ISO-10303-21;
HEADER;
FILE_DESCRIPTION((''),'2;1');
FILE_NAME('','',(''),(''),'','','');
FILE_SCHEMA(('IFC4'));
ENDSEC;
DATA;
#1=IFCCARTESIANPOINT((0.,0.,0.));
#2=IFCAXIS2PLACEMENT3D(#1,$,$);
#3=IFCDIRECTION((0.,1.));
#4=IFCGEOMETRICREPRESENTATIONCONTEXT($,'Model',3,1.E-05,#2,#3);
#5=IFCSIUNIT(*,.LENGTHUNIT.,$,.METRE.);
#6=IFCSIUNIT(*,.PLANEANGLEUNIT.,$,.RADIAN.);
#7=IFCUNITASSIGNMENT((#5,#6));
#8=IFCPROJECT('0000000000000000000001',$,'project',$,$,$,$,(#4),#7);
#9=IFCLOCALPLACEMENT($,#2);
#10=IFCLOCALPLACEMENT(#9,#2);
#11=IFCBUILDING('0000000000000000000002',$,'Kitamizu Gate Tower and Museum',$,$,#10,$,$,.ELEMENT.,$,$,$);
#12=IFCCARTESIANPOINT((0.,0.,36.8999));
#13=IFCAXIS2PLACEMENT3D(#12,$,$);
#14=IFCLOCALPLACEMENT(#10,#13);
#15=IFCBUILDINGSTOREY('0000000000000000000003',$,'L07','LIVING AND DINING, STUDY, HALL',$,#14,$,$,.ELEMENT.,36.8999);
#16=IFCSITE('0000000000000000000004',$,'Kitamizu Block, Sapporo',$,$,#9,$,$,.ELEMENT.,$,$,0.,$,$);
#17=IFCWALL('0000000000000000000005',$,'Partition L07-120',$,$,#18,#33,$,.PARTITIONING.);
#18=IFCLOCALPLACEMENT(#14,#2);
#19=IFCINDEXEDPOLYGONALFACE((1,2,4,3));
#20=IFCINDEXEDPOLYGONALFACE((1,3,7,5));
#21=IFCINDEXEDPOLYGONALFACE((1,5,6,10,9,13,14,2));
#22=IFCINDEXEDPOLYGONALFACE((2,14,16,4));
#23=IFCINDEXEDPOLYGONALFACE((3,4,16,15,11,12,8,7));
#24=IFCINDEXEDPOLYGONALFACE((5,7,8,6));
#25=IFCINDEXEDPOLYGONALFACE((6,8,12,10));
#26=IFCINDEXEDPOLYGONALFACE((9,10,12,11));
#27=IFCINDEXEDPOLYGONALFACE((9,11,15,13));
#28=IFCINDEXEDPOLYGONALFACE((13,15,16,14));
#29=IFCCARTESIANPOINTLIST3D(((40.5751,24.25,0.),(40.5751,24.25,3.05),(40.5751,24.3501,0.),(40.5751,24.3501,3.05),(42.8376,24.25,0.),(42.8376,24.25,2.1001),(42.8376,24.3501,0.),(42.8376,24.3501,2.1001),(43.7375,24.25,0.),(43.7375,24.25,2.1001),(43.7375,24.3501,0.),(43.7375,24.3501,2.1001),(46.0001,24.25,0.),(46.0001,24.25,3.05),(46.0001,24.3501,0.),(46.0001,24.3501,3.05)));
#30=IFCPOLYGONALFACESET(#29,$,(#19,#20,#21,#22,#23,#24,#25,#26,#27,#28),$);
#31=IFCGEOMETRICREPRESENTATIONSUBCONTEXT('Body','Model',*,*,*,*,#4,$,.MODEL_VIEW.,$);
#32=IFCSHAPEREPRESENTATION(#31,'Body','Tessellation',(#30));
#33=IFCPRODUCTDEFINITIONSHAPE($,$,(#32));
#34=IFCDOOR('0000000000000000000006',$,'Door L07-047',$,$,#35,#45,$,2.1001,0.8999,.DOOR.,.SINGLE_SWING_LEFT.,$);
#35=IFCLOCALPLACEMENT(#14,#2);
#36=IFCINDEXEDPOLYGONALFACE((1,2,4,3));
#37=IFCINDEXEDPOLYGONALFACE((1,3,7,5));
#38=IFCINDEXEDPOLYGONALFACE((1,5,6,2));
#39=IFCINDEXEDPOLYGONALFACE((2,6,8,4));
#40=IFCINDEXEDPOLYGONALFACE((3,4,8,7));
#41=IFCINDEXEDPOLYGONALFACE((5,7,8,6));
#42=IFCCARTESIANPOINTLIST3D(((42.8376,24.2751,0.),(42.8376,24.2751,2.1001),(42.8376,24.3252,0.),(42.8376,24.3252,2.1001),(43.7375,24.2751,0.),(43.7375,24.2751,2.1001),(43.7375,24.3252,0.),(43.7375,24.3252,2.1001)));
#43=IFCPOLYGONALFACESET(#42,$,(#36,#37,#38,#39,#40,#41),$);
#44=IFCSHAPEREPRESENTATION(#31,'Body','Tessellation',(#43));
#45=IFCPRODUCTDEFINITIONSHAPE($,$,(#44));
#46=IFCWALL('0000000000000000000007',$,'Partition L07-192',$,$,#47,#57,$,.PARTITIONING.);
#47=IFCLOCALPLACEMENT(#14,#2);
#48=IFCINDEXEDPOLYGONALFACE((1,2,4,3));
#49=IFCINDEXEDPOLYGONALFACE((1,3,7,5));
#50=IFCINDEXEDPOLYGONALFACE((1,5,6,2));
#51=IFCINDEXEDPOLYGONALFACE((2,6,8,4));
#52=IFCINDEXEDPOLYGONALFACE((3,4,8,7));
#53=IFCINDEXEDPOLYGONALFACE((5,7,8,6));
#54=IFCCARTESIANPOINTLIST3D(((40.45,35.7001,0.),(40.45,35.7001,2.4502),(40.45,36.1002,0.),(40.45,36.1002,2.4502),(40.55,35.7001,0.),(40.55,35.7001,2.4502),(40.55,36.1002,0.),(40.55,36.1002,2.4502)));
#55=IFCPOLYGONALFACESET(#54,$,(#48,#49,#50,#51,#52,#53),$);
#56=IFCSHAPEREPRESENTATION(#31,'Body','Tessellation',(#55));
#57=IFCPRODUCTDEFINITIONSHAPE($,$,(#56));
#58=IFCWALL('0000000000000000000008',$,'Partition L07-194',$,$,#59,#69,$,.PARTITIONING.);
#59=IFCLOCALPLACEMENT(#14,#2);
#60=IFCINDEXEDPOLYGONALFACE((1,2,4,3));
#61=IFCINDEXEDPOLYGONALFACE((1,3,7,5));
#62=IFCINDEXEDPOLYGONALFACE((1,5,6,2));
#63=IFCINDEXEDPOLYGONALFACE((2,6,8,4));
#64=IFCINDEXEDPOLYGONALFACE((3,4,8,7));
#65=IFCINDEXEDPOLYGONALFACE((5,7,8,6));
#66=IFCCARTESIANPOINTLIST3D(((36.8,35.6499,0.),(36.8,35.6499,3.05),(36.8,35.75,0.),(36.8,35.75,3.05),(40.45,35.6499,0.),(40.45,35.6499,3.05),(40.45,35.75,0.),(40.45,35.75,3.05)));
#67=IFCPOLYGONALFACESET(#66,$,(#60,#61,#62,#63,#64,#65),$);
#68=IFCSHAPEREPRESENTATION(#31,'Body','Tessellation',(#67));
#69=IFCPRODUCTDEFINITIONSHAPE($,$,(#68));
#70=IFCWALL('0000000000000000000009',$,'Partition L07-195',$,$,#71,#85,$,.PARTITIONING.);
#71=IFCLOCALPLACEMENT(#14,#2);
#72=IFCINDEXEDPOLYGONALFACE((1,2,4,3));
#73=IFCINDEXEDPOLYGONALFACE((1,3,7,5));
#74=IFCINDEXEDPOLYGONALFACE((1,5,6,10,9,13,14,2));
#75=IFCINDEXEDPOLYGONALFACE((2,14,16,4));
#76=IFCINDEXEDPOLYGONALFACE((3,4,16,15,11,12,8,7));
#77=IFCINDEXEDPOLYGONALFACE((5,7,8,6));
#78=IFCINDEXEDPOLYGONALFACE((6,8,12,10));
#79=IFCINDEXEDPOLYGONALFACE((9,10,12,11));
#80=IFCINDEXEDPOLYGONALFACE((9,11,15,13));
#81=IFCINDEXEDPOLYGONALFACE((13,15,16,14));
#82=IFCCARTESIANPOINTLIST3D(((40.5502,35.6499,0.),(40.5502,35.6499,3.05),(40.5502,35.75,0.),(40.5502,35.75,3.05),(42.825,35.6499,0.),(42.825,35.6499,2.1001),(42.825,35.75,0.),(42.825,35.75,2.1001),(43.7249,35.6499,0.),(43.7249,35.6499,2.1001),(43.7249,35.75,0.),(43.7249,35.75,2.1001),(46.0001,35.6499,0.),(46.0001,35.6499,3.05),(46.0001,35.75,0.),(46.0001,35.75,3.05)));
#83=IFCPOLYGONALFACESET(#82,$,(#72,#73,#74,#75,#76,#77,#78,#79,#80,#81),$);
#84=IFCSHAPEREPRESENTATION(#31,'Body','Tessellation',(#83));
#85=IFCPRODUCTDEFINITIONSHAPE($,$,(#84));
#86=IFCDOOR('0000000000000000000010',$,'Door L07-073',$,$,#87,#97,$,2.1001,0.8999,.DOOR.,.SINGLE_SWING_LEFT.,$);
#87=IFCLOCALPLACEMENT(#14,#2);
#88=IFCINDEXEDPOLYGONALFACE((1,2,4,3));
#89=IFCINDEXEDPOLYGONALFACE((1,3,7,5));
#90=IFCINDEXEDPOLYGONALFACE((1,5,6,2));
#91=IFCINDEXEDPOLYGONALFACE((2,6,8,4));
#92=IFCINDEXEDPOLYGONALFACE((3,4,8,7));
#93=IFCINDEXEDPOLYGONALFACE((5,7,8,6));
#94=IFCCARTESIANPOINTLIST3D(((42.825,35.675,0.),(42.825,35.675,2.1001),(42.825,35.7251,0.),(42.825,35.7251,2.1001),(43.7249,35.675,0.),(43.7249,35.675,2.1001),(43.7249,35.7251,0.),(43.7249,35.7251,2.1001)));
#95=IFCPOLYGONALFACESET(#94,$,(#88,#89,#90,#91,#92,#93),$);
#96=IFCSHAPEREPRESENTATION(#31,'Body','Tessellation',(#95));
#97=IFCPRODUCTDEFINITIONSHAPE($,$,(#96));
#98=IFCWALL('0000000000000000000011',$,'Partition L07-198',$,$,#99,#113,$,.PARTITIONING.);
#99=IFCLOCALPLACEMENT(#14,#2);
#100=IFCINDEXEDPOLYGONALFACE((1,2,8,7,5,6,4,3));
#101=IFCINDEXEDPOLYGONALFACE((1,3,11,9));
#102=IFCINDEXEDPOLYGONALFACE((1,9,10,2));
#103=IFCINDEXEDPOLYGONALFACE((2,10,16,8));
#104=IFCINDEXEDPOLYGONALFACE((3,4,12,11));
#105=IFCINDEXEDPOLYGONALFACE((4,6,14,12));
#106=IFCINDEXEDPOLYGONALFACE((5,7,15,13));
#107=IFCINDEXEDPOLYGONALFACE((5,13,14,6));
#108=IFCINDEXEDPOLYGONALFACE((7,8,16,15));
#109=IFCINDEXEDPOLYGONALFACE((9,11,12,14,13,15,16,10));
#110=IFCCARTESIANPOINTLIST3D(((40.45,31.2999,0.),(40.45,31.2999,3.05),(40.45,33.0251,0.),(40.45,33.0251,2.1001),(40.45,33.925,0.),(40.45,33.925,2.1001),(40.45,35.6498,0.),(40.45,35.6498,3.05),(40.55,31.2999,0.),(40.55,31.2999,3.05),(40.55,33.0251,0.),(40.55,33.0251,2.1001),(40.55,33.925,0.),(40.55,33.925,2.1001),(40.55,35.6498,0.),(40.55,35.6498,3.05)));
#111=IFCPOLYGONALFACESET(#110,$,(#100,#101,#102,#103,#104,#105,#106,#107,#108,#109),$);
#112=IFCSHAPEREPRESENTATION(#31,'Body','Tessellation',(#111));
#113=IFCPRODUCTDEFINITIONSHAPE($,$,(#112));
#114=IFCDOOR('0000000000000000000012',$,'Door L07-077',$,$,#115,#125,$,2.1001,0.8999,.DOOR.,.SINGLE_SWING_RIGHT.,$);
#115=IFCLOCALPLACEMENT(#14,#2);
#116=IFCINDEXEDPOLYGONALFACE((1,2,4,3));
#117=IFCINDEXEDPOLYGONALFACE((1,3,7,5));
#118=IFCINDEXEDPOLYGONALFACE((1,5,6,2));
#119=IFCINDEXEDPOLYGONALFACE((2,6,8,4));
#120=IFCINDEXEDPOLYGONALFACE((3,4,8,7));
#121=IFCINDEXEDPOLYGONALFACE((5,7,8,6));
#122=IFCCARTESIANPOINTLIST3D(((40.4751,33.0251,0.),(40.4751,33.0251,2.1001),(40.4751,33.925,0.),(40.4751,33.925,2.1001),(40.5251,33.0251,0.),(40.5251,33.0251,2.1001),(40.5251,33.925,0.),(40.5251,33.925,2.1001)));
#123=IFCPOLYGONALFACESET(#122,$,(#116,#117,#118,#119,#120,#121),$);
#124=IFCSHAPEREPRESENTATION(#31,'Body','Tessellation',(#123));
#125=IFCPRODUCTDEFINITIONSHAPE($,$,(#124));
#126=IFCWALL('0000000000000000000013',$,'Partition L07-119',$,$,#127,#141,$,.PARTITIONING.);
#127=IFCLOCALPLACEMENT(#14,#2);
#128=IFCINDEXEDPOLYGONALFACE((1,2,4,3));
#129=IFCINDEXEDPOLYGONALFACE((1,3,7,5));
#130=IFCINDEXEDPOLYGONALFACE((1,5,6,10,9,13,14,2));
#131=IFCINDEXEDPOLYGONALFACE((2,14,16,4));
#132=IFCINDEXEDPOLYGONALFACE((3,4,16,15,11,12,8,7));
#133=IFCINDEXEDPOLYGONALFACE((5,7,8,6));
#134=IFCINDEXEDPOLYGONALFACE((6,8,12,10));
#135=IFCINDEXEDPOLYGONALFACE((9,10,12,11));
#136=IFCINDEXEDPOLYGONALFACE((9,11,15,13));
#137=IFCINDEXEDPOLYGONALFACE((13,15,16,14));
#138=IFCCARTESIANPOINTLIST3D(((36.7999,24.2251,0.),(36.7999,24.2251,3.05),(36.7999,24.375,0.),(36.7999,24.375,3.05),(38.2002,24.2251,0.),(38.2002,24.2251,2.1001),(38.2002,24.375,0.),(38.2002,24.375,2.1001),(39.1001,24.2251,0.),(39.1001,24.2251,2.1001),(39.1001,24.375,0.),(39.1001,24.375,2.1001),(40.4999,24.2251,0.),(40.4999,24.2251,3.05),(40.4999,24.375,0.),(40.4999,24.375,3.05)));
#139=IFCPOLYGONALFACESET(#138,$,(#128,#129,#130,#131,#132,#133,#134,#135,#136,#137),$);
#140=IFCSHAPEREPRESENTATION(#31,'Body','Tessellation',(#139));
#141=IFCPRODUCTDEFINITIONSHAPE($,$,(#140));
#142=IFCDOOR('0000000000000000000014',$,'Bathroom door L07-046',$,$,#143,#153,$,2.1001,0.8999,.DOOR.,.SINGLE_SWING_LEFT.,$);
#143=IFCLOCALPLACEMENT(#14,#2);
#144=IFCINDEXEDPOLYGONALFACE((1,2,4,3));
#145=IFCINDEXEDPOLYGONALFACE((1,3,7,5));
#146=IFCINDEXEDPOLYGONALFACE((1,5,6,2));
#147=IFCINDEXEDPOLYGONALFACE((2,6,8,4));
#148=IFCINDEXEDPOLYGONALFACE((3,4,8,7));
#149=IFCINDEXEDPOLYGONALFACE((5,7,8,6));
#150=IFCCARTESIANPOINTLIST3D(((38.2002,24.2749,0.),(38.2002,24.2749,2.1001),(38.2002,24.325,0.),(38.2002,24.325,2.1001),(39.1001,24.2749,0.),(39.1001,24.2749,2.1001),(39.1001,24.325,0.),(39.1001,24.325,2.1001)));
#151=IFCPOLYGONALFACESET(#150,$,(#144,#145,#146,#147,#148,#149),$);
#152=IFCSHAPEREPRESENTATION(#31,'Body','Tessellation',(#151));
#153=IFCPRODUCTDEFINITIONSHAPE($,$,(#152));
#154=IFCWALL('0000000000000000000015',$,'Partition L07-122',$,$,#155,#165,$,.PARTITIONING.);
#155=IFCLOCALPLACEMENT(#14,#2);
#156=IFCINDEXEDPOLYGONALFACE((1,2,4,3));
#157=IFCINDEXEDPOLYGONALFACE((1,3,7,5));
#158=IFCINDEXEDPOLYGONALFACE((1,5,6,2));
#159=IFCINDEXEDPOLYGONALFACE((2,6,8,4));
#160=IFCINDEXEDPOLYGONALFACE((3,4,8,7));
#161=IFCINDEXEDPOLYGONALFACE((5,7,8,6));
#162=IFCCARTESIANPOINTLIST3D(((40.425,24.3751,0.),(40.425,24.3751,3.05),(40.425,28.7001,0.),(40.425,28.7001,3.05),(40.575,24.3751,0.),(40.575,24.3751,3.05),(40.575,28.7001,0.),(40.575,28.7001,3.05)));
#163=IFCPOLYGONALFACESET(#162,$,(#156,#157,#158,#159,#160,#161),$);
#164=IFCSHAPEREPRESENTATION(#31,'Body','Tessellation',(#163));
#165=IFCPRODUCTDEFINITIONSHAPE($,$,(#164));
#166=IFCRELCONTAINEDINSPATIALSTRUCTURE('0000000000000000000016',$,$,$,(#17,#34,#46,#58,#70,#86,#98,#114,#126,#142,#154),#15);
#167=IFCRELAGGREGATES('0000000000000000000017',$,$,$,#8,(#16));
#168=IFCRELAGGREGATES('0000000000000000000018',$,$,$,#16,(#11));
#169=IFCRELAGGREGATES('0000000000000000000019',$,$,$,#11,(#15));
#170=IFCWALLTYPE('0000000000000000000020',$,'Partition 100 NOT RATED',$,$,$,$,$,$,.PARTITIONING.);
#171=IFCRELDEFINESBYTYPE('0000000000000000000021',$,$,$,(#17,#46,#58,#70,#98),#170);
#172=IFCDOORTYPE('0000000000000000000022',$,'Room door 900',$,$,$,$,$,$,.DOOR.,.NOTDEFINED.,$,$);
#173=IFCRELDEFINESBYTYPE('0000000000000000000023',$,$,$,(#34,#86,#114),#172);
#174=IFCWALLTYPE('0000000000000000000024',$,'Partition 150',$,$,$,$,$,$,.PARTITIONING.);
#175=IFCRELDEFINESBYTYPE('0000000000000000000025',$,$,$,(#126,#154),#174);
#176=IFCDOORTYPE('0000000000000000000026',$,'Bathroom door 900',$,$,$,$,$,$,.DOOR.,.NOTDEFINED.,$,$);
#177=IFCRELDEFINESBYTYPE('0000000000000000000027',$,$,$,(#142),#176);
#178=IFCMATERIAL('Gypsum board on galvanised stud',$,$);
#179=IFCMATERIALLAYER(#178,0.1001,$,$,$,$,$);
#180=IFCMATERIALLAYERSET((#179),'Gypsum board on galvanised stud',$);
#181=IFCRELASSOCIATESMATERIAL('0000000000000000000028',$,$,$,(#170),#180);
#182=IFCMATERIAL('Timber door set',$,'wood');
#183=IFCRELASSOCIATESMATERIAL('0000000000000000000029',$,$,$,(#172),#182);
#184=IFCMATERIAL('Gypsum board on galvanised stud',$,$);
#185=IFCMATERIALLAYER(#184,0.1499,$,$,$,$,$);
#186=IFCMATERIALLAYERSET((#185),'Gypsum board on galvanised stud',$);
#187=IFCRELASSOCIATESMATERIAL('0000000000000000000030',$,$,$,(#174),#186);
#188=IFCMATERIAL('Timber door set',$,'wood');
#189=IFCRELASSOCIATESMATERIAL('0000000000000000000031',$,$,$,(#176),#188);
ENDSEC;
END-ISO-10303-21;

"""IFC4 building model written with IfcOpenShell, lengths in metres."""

from ifc_helpers import new_model, si_unit, direction, frame, frame_2d, origin, place, context, subcontext, project, spatial, rectangle, extrude, material, layer, layer_set, type_object, element, fill, save


model = new_model("IFC4")

# Units and contexts
model_context = context("Model", 3, precision=1e-05, world=origin(), true_north=direction((0.0, 1.0)))
body_context = subcontext(model_context, "Body", "Model", "MODEL_VIEW")
ifc_project = project(units=[si_unit("LENGTHUNIT", "METRE"), si_unit("PLANEANGLEUNIT", "RADIAN")], contexts=[model_context])

# Site, building, storey
site_placement = place(None, origin())
site = spatial("IfcSite", under=ifc_project, at=site_placement, Name="Kitamizu Block, Sapporo", CompositionType="ELEMENT", RefElevation=0.0)
building_placement = place(site_placement, origin())
building = spatial("IfcBuilding", under=site, at=building_placement, Name="Kitamizu Gate Tower and Museum", CompositionType="ELEMENT")
storey_placement = place(building_placement, frame((0.0, 0.0, 36.8999)))
storey = spatial("IfcBuildingStorey", under=building, at=storey_placement, Name="L07", Description="LIVING AND DINING, STUDY, HALL", CompositionType="ELEMENT", Elevation=36.8999)

# Wall, opening, door
ifc_material_1 = material(Name="Gypsum board on galvanised stud")
ifc_layer_1 = layer(ifc_material_1, 0.1001)
ifc_layer_set_1 = layer_set([ifc_layer_1], Name="Gypsum board on galvanised stud")
wall_type_1 = type_object("IfcWallType", Name="Partition 100 NOT RATED", PredefinedType="PARTITIONING", material=ifc_layer_set_1)
wall_1_placement = place(storey_placement, frame((46.0, 24.3, 0.0), z_axis=(0.0, 0.0, 1.0), x_axis=(-1.0, 0.0, 0.0)))
wall_1 = element("IfcWall", 1, at=wall_1_placement, inside=storey, type_object=wall_type_1, Name="Partition L07-120", PredefinedType="PARTITIONING", context=body_context, shape_type="SweptSolid", body=[
    extrude(rectangle(XDim=5.425, YDim=0.1001, at=frame_2d((2.7124, 0.0))), origin(), (0.0, 0.0, 1.0), 3.05),
])
opening_1_placement = place(wall_1_placement, frame((2.2625, 0.0, 0.0)))
opening_1 = element("IfcOpeningElement", 2, at=opening_1_placement, cuts=wall_1, PredefinedType="OPENING", context=body_context, shape_type="SweptSolid", body=[
    extrude(rectangle(XDim=0.8999, YDim=2.1001, at=frame_2d((0.45, 1.05))), frame((0.0, 0.0601, 0.0), z_axis=(0.0, -1.0, 0.0), x_axis=(1.0, 0.0, 0.0)), (0.0, 0.0, 1.0), 0.1201),
])
ifc_material_2 = material(Name="Timber door set", Category="wood")
door_type_1 = type_object("IfcDoorType", Name="Room door 900", OperationType="NOTDEFINED", PredefinedType="DOOR", material=ifc_material_2)
door_1_placement = place(opening_1_placement, origin())
door_1 = element("IfcDoor", 3, at=door_1_placement, inside=storey, type_object=door_type_1, Name="Door L07-047", OperationType="SINGLE_SWING_LEFT", OverallHeight=2.1001, OverallWidth=0.8999, PredefinedType="DOOR", context=body_context, shape_type="SweptSolid", body=[
    extrude(rectangle(XDim=0.8999, YDim=2.1001, at=frame_2d((0.45, 1.05))), frame((0.0, 0.0249, 0.0), z_axis=(0.0, -1.0, 0.0), x_axis=(1.0, 0.0, 0.0)), (0.0, 0.0, 1.0), 0.05),
])
fill(opening_1, door_1)

# Walls
wall_2_placement = place(storey_placement, frame((40.5, 35.7, 0.0), z_axis=(0.0, 0.0, 1.0), x_axis=(0.0, 1.0, 0.0)))
element("IfcWall", 4, at=wall_2_placement, inside=storey, type_object=wall_type_1, Name="Partition L07-192", PredefinedType="PARTITIONING", context=body_context, shape_type="SweptSolid", body=[
    extrude(rectangle(XDim=0.4001, YDim=0.1001, at=frame_2d((0.2002, 0.0))), origin(), (0.0, 0.0, 1.0), 2.4502),
])
wall_3_placement = place(storey_placement, frame((36.8, 35.7, 0.0), z_axis=(0.0, 0.0, 1.0), x_axis=(1.0, 0.0, 0.0)))
element("IfcWall", 5, at=wall_3_placement, inside=storey, type_object=wall_type_1, Name="Partition L07-194", PredefinedType="PARTITIONING", context=body_context, shape_type="SweptSolid", body=[
    extrude(rectangle(XDim=3.6499, YDim=0.1001, at=frame_2d((1.825, 0.0))), origin(), (0.0, 0.0, 1.0), 3.05),
])

# Walls, openings, doors
wall_4_placement = place(storey_placement, frame((40.55, 35.7, 0.0), z_axis=(0.0, 0.0, 1.0), x_axis=(1.0, 0.0, 0.0)))
wall_4 = element("IfcWall", 6, at=wall_4_placement, inside=storey, type_object=wall_type_1, Name="Partition L07-195", PredefinedType="PARTITIONING", context=body_context, shape_type="SweptSolid", body=[
    extrude(rectangle(XDim=5.45, YDim=0.1001, at=frame_2d((2.7251, 0.0))), origin(), (0.0, 0.0, 1.0), 3.05),
])
opening_2_placement = place(wall_4_placement, frame((2.2749, 0.0, 0.0)))
opening_2 = element("IfcOpeningElement", 7, at=opening_2_placement, cuts=wall_4, PredefinedType="OPENING", context=body_context, shape_type="SweptSolid", body=[
    extrude(rectangle(XDim=0.8999, YDim=2.1001, at=frame_2d((0.45, 1.05))), frame((0.0, 0.0601, 0.0), z_axis=(0.0, -1.0, 0.0), x_axis=(1.0, 0.0, 0.0)), (0.0, 0.0, 1.0), 0.1201),
])
door_2_placement = place(opening_2_placement, frame((0.8999, 0.0, 0.0), x_axis=(-1.0, 0.0, 0.0)))
door_2 = element("IfcDoor", 8, at=door_2_placement, inside=storey, type_object=door_type_1, Name="Door L07-073", OperationType="SINGLE_SWING_LEFT", OverallHeight=2.1001, OverallWidth=0.8999, PredefinedType="DOOR", context=body_context, shape_type="SweptSolid", body=[
    extrude(rectangle(XDim=0.8999, YDim=2.1001, at=frame_2d((0.45, 1.05))), frame((0.0, 0.0249, 0.0), z_axis=(0.0, -1.0, 0.0), x_axis=(1.0, 0.0, 0.0)), (0.0, 0.0, 1.0), 0.05),
])
fill(opening_2, door_2)
wall_5_placement = place(storey_placement, frame((40.5, 31.3, 0.0), z_axis=(0.0, 0.0, 1.0), x_axis=(0.0, 1.0, 0.0)))
wall_5 = element("IfcWall", 9, at=wall_5_placement, inside=storey, type_object=wall_type_1, Name="Partition L07-198", PredefinedType="PARTITIONING", context=body_context, shape_type="SweptSolid", body=[
    extrude(rectangle(XDim=4.3499, YDim=0.1001, at=frame_2d((2.1748, 0.0))), origin(), (0.0, 0.0, 1.0), 3.05),
])
opening_3_placement = place(wall_5_placement, frame((1.7251, 0.0, 0.0)))
opening_3 = element("IfcOpeningElement", 10, at=opening_3_placement, cuts=wall_5, PredefinedType="OPENING", context=body_context, shape_type="SweptSolid", body=[
    extrude(rectangle(XDim=0.8999, YDim=2.1001, at=frame_2d((0.45, 1.05))), frame((0.0, 0.0601, 0.0), z_axis=(0.0, -1.0, 0.0), x_axis=(1.0, 0.0, 0.0)), (0.0, 0.0, 1.0), 0.1201),
])
door_3_placement = place(opening_3_placement, origin())
door_3 = element("IfcDoor", 11, at=door_3_placement, inside=storey, type_object=door_type_1, Name="Door L07-077", OperationType="SINGLE_SWING_RIGHT", OverallHeight=2.1001, OverallWidth=0.8999, PredefinedType="DOOR", context=body_context, shape_type="SweptSolid", body=[
    extrude(rectangle(XDim=0.8999, YDim=2.1001, at=frame_2d((0.45, 1.05))), frame((0.0, 0.0249, 0.0), z_axis=(0.0, -1.0, 0.0), x_axis=(1.0, 0.0, 0.0)), (0.0, 0.0, 1.0), 0.05),
])
fill(opening_3, door_3)
ifc_material_3 = material(Name="Gypsum board on galvanised stud")
ifc_layer_2 = layer(ifc_material_3, 0.1499)
ifc_layer_set_2 = layer_set([ifc_layer_2], Name="Gypsum board on galvanised stud")
wall_type_2 = type_object("IfcWallType", Name="Partition 150", PredefinedType="PARTITIONING", material=ifc_layer_set_2)
wall_6_placement = place(storey_placement, frame((40.5, 24.3, 0.0), z_axis=(0.0, 0.0, 1.0), x_axis=(-1.0, 0.0, 0.0)))
wall_6 = element("IfcWall", 12, at=wall_6_placement, inside=storey, type_object=wall_type_2, Name="Partition L07-119", PredefinedType="PARTITIONING", context=body_context, shape_type="SweptSolid", body=[
    extrude(rectangle(XDim=3.7, YDim=0.1499, at=frame_2d((1.8501, 0.0))), origin(), (0.0, 0.0, 1.0), 3.05),
])
opening_4_placement = place(wall_6_placement, frame((1.3999, 0.0, 0.0)))
opening_4 = element("IfcOpeningElement", 13, at=opening_4_placement, cuts=wall_6, PredefinedType="OPENING", context=body_context, shape_type="SweptSolid", body=[
    extrude(rectangle(XDim=0.8999, YDim=2.1001, at=frame_2d((0.45, 1.05))), frame((0.0, 0.085, 0.0), z_axis=(0.0, -1.0, 0.0), x_axis=(1.0, 0.0, 0.0)), (0.0, 0.0, 1.0), 0.1699),
])
ifc_material_4 = material(Name="Timber door set", Category="wood")
door_type_2 = type_object("IfcDoorType", Name="Bathroom door 900", OperationType="NOTDEFINED", PredefinedType="DOOR", material=ifc_material_4)
door_4_placement = place(opening_4_placement, frame((0.8999, 0.0, 0.0), x_axis=(-1.0, 0.0, 0.0)))
door_4 = element("IfcDoor", 14, at=door_4_placement, inside=storey, type_object=door_type_2, Name="Bathroom door L07-046", OperationType="SINGLE_SWING_LEFT", OverallHeight=2.1001, OverallWidth=0.8999, PredefinedType="DOOR", context=body_context, shape_type="SweptSolid", body=[
    extrude(rectangle(XDim=0.8999, YDim=2.1001, at=frame_2d((0.45, 1.05))), frame((0.0, 0.0249, 0.0), z_axis=(0.0, -1.0, 0.0), x_axis=(1.0, 0.0, 0.0)), (0.0, 0.0, 1.0), 0.05),
])
fill(opening_4, door_4)

# Wall
wall_7_placement = place(storey_placement, frame((40.5, 24.375, 0.0), z_axis=(0.0, 0.0, 1.0), x_axis=(0.0, 1.0, 0.0)))
element("IfcWall", 15, at=wall_7_placement, inside=storey, type_object=wall_type_2, Name="Partition L07-122", PredefinedType="PARTITIONING", context=body_context, shape_type="SweptSolid", body=[
    extrude(rectangle(XDim=4.325, YDim=0.1499, at=frame_2d((2.1626, 0.0))), origin(), (0.0, 0.0, 1.0), 3.05),
])

save(model, "model.ifc")
